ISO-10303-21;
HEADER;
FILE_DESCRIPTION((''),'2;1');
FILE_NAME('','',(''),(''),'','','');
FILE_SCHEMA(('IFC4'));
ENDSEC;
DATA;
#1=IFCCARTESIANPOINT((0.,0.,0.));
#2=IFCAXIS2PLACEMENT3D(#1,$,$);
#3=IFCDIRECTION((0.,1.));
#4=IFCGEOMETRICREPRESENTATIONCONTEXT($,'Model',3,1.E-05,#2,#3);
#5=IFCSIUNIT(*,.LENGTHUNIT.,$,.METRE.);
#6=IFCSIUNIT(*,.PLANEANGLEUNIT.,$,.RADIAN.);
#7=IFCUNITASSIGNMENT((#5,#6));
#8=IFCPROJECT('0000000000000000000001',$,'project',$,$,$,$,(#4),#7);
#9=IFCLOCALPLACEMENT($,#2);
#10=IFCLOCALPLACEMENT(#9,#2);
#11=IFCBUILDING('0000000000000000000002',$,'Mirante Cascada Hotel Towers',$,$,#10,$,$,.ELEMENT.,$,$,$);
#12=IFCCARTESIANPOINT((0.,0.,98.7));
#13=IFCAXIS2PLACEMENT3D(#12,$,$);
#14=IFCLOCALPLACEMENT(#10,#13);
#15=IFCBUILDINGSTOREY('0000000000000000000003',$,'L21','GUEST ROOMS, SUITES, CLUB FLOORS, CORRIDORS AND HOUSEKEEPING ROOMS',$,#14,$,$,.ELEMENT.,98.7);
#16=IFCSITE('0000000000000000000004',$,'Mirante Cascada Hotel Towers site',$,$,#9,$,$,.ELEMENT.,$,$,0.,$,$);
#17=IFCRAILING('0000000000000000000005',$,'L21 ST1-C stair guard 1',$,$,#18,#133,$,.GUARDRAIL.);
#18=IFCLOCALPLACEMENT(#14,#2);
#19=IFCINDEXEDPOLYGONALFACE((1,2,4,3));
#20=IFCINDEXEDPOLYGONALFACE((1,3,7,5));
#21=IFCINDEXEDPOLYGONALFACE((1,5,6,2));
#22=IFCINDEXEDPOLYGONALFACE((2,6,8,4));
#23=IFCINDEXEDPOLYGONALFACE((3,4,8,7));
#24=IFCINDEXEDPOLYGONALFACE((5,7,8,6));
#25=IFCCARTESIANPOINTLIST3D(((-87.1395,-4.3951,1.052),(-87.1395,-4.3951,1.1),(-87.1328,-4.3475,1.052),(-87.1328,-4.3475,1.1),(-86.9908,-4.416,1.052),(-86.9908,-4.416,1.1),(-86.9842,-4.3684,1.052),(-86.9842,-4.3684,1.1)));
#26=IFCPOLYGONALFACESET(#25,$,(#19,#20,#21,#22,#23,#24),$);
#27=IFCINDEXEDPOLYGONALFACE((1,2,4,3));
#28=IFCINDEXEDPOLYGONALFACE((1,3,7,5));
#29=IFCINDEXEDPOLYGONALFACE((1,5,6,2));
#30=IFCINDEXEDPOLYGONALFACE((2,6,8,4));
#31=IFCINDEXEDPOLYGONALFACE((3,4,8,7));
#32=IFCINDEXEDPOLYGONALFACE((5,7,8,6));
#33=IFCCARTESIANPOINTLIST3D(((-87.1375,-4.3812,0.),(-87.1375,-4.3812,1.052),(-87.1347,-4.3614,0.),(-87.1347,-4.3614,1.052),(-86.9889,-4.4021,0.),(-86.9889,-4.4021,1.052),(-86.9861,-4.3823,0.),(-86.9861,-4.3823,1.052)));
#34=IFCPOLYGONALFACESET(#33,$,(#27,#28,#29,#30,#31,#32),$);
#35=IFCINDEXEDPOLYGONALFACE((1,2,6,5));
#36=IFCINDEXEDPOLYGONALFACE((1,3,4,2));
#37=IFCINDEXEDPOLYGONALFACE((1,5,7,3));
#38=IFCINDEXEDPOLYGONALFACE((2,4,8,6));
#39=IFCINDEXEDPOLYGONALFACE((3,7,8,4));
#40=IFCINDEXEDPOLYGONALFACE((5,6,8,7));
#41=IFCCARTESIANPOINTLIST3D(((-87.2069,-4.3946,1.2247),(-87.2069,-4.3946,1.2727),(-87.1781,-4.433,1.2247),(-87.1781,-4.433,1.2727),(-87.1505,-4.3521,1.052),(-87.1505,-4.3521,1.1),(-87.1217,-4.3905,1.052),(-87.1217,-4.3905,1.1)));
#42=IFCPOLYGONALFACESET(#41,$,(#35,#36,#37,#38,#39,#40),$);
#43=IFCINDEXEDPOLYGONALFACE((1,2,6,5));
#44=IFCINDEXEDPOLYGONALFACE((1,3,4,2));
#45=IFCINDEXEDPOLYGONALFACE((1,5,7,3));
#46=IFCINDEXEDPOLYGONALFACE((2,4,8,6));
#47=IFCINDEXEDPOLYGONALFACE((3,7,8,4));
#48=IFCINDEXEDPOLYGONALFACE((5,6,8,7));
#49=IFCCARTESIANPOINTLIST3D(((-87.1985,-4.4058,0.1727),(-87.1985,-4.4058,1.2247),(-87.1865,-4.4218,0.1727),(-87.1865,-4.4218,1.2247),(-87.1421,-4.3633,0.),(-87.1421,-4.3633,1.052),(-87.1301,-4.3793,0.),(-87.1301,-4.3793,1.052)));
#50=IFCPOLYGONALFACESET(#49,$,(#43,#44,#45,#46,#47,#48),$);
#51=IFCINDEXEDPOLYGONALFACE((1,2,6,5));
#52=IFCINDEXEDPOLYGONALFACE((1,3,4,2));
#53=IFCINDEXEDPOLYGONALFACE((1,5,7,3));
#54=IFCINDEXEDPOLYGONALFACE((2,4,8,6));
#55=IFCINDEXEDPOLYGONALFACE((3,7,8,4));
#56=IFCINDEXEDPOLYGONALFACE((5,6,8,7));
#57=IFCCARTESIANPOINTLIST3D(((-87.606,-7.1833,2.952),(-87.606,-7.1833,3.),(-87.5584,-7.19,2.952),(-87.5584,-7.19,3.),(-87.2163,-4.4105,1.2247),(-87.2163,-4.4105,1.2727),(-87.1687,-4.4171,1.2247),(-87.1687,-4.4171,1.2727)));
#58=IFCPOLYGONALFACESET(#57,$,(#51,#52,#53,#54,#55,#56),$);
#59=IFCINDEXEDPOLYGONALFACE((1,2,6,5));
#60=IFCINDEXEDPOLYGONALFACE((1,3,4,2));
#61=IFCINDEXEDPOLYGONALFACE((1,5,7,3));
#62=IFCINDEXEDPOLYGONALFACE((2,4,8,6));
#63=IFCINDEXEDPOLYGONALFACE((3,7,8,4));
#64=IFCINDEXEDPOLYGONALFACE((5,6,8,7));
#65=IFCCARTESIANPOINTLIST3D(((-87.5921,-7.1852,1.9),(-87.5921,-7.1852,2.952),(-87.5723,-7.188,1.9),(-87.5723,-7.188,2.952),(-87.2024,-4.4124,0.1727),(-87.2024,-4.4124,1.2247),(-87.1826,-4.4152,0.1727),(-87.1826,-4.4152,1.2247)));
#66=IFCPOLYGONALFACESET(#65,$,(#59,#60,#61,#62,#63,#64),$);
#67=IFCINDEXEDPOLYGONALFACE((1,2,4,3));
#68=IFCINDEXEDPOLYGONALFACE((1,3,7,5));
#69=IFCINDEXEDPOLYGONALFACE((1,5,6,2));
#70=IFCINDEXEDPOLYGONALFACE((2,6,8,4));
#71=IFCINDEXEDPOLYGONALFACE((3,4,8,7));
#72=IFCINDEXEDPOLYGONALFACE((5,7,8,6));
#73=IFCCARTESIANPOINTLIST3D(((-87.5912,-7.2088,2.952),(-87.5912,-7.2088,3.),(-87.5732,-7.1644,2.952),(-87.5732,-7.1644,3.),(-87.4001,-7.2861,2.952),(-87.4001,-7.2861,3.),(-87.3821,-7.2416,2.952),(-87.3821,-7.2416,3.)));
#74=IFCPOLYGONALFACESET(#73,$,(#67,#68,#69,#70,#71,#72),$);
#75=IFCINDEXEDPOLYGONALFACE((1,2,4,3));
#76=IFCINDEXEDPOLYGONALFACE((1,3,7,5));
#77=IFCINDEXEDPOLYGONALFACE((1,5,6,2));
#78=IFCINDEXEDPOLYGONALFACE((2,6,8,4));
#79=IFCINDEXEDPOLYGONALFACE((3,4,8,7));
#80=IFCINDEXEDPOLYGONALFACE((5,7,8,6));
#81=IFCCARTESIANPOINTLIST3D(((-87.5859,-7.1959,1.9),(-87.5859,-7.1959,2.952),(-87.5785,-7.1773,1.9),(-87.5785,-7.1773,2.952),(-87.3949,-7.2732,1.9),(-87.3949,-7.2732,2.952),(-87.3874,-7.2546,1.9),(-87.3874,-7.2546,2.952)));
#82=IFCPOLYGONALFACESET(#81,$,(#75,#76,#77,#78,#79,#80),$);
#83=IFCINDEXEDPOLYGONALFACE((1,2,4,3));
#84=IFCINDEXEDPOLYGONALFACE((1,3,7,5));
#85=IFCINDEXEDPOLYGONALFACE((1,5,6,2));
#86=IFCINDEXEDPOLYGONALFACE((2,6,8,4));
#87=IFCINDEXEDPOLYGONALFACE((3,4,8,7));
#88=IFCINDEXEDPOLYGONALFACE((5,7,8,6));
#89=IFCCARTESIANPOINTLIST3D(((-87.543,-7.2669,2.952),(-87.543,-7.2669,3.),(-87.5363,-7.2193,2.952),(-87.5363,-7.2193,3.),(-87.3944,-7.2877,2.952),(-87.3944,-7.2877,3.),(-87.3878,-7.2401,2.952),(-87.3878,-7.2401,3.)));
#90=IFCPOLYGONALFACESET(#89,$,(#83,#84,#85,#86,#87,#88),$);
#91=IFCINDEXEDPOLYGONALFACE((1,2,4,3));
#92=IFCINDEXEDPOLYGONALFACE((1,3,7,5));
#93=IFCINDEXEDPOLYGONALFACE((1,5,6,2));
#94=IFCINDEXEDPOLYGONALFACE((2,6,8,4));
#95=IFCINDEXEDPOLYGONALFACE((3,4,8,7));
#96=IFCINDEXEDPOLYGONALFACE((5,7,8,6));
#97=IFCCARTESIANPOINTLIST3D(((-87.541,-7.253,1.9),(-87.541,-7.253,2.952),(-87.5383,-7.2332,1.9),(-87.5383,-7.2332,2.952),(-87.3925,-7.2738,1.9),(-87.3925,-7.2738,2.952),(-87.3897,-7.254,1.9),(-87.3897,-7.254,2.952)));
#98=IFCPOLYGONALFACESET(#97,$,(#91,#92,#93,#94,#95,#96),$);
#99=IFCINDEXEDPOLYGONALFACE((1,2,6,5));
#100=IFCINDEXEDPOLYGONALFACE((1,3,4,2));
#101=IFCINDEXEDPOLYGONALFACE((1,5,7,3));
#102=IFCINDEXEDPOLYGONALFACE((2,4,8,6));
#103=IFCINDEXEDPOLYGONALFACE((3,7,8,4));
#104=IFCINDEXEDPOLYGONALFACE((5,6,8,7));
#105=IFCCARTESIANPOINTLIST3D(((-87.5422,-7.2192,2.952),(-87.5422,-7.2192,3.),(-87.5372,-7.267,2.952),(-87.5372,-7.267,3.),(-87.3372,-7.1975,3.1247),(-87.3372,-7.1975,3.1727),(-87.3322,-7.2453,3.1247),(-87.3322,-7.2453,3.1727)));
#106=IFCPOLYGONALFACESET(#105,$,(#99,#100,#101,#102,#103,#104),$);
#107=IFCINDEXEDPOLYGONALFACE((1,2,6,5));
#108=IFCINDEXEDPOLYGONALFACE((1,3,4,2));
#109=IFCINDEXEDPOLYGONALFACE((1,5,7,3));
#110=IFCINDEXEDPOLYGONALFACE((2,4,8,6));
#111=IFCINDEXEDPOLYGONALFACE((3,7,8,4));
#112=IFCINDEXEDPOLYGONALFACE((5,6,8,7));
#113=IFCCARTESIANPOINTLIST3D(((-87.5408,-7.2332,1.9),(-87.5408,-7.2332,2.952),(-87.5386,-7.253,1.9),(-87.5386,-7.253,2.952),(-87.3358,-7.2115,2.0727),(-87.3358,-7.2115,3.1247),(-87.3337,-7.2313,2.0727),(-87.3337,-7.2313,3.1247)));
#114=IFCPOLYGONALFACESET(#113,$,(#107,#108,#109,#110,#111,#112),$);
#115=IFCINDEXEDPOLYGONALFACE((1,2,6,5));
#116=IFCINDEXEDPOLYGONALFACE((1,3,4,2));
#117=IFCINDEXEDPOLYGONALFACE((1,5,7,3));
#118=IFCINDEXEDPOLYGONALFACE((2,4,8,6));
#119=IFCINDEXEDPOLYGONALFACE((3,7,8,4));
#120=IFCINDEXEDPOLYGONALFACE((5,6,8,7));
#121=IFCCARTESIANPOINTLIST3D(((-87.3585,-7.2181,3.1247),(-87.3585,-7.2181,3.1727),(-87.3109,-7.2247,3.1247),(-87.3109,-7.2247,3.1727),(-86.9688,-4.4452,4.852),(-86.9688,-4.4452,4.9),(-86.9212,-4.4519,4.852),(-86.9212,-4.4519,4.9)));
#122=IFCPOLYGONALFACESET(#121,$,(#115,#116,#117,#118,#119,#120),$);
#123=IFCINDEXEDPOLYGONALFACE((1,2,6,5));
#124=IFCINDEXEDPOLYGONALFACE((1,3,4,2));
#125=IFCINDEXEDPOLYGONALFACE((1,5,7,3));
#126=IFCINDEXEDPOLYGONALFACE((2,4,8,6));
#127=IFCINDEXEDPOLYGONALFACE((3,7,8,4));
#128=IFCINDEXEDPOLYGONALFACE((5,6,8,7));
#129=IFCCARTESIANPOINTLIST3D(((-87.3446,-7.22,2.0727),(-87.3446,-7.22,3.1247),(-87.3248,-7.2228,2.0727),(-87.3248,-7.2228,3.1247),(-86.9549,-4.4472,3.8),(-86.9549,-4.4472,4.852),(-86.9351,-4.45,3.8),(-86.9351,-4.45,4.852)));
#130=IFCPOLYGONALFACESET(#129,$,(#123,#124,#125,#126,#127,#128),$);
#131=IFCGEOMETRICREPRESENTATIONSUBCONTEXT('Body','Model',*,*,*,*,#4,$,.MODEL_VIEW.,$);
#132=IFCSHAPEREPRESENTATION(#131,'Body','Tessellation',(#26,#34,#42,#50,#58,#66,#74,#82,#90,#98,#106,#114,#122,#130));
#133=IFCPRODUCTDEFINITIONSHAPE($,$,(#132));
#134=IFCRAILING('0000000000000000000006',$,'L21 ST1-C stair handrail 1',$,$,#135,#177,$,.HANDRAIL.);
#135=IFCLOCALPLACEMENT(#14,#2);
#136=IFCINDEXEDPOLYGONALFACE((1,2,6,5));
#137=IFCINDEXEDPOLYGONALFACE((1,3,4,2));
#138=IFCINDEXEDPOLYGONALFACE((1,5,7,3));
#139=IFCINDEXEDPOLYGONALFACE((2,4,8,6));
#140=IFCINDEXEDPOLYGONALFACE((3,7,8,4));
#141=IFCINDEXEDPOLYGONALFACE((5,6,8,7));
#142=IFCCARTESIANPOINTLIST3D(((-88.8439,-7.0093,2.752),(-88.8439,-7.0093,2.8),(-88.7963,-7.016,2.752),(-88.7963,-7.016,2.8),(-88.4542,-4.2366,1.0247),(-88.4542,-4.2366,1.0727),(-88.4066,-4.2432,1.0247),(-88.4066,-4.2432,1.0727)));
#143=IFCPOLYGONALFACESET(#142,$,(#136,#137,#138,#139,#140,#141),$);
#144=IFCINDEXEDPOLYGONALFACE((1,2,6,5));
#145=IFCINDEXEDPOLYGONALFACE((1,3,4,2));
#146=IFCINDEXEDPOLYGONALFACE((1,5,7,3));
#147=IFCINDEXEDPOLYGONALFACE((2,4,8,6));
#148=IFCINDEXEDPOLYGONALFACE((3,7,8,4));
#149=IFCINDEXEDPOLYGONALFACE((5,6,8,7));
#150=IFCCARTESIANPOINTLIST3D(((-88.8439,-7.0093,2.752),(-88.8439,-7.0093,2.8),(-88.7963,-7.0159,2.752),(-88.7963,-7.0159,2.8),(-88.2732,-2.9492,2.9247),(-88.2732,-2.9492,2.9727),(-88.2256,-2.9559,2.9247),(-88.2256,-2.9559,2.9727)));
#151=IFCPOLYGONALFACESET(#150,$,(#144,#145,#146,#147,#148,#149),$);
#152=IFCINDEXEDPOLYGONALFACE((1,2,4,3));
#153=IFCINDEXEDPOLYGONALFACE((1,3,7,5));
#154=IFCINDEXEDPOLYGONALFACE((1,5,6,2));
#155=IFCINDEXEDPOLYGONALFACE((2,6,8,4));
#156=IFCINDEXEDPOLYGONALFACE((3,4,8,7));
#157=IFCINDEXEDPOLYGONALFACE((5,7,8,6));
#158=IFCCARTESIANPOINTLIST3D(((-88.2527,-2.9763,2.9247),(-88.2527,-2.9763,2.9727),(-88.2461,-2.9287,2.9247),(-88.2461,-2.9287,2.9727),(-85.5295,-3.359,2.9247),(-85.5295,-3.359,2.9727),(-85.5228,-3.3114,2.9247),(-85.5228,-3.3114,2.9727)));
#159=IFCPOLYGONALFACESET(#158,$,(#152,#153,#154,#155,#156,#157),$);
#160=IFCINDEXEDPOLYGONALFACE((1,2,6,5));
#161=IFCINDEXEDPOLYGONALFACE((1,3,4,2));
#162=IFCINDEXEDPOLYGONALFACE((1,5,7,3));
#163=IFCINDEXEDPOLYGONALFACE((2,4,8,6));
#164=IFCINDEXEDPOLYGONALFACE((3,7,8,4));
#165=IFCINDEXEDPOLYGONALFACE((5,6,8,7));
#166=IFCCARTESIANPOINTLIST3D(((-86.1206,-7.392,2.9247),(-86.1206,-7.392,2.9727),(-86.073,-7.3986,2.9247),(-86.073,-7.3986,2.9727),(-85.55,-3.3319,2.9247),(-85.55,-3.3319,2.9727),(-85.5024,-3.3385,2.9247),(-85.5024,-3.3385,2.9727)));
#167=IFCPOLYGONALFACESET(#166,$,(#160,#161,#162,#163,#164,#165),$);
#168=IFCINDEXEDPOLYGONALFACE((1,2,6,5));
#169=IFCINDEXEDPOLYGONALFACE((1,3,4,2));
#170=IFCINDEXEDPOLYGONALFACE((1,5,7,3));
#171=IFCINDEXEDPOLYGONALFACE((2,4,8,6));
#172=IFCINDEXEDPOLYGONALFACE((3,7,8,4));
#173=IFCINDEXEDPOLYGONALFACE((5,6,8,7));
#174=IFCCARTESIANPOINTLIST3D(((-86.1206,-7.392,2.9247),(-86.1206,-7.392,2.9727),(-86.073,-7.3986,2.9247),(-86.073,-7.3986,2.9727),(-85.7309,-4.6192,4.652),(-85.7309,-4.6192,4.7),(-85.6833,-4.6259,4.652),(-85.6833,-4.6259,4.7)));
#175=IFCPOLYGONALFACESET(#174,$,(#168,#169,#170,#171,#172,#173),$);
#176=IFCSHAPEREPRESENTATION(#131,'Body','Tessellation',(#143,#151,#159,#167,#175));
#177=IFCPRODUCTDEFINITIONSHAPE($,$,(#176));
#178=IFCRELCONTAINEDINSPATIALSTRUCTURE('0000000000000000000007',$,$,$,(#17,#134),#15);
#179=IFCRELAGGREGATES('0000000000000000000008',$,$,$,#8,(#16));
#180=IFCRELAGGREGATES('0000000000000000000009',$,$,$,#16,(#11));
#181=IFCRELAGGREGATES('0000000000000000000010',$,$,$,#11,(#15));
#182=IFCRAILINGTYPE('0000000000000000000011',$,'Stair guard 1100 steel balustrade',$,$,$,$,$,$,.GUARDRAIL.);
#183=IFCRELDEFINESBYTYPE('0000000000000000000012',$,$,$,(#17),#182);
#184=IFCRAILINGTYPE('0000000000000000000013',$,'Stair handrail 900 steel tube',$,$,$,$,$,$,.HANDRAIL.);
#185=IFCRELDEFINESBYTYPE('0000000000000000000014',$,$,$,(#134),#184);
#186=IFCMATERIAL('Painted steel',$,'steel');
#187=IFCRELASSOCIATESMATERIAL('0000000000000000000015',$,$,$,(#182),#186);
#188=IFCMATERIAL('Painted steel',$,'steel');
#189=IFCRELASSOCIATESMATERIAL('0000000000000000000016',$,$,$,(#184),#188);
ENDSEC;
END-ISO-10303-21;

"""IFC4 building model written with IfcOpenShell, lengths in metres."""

from ifc_helpers import new_model, si_unit, direction, frame, origin, origin_2d, place, context, subcontext, project, spatial, rectangle, extrude, material, type_object, element, save


model = new_model("IFC4")

# Units and contexts
model_context = context("Model", 3, precision=1e-05, world=origin(), true_north=direction((0.0, 1.0)))
body_context = subcontext(model_context, "Body", "Model", "MODEL_VIEW")
ifc_project = project(units=[si_unit("LENGTHUNIT", "METRE"), si_unit("PLANEANGLEUNIT", "RADIAN")], contexts=[model_context])

# Site, building, storey
site_placement = place(None, origin())
site = spatial("IfcSite", under=ifc_project, at=site_placement, Name="Mirante Cascada Hotel Towers site", CompositionType="ELEMENT", RefElevation=0.0)
building_placement = place(site_placement, origin())
building = spatial("IfcBuilding", under=site, at=building_placement, Name="Mirante Cascada Hotel Towers", CompositionType="ELEMENT")
storey_placement = place(building_placement, frame((0.0, 0.0, 98.7)))
storey = spatial("IfcBuildingStorey", under=building, at=storey_placement, Name="L21", Description="GUEST ROOMS, SUITES, CLUB FLOORS, CORRIDORS AND HOUSEKEEPING ROOMS", CompositionType="ELEMENT", Elevation=98.7)

# Railings
ifc_material_1 = material(Name="Painted steel", Category="steel")
railing_type_1 = type_object("IfcRailingType", Name="Stair guard 1100 steel balustrade", PredefinedType="GUARDRAIL", material=ifc_material_1)
railing_1_placement = place(storey_placement, frame((-86.9875, -4.3922, 0.0)))
element("IfcRailing", 1, at=railing_1_placement, inside=storey, type_object=railing_type_1, Name="L21 ST1-C stair guard 1", PredefinedType="GUARDRAIL", context=body_context, shape_type="SweptSolid", body=[
    extrude(rectangle(XDim=0.048, YDim=0.048, at=origin_2d()), frame((0.0, 0.0, 1.076), z_axis=(-0.990254, 0.139275, 0.0), x_axis=(-0.139275, -0.990254, 0.0)), (0.0, 0.0, 1.0), 0.1501),
    extrude(rectangle(XDim=0.02, YDim=1.052, at=origin_2d()), frame((0.0, 0.0, 0.526), z_axis=(-0.990254, 0.139275, 0.0), x_axis=(-0.139275, -0.990254, 0.0)), (0.0, 0.0, 1.0), 0.1501),
    extrude(rectangle(XDim=0.048, YDim=0.048, at=origin_2d()), frame((-0.1486, 0.0209, 1.076), z_axis=(-0.798639, -0.601811, 0.0), x_axis=(0.601811, -0.798639, 0.0)), (0.0, 0.925603, 0.378496), 0.1866),
    extrude(rectangle(XDim=0.02, YDim=1.052, at=origin_2d()), frame((-0.1486, 0.0209, 0.526), z_axis=(-0.798639, -0.601811, 0.0), x_axis=(0.601811, -0.798639, 0.0)), (0.0, 0.925603, 0.378496), 0.1866),
    extrude(rectangle(XDim=0.048, YDim=0.048, at=origin_2d()), frame((-0.205, -0.0216, 1.2487), z_axis=(-0.139176, -0.990268, 0.0), x_axis=(0.990268, -0.139176, 0.0)), (0.0, 0.525021, 0.851089), 3.29),
    extrude(rectangle(XDim=0.02, YDim=1.052, at=origin_2d()), frame((-0.205, -0.0216, 0.6987), z_axis=(-0.139176, -0.990268, 0.0), x_axis=(0.990268, -0.139176, 0.0)), (0.0, 0.525021, 0.851089), 3.29),
    extrude(rectangle(XDim=0.048, YDim=0.048, at=origin_2d()), frame((-0.5947, -2.7944, 2.976), z_axis=(0.927031, -0.374984, 0.0), x_axis=(0.374984, 0.927031, 0.0)), (0.0, 0.0, 1.0), 0.2061),
    extrude(rectangle(XDim=0.02, YDim=1.052, at=origin_2d()), frame((-0.5947, -2.7944, 2.426), z_axis=(0.927031, -0.374984, 0.0), x_axis=(0.374984, 0.927031, 0.0)), (0.0, 0.0, 1.0), 0.2061),
    extrude(rectangle(XDim=0.048, YDim=0.048, at=origin_2d()), frame((-0.4036, -2.8717, 2.976), z_axis=(-0.990345, 0.138622, 0.0), x_axis=(-0.138622, -0.990345, 0.0)), (0.0, 0.0, 1.0), 0.15),
    extrude(rectangle(XDim=0.02, YDim=1.052, at=origin_2d()), frame((-0.4036, -2.8717, 2.426), z_axis=(-0.990345, 0.138622, 0.0), x_axis=(-0.138622, -0.990345, 0.0)), (0.0, 0.0, 1.0), 0.15),
    extrude(rectangle(XDim=0.048, YDim=0.048, at=origin_2d()), frame((-0.5522, -2.8509, 2.976), z_axis=(0.994444, 0.105266, 0.0), x_axis=(-0.105266, 0.994444, 0.0)), (0.0, 0.642184, 0.76655), 0.2689),
    extrude(rectangle(XDim=0.02, YDim=1.052, at=origin_2d()), frame((-0.5522, -2.8509, 2.426), z_axis=(0.994444, 0.105266, 0.0), x_axis=(-0.105266, 0.994444, 0.0)), (0.0, 0.642184, 0.76655), 0.2689),
    extrude(rectangle(XDim=0.048, YDim=0.048, at=origin_2d()), frame((-0.3472, -2.8292, 3.1487), z_axis=(0.139176, 0.990268, 0.0), x_axis=(-0.990268, 0.139176, 0.0)), (0.0, 0.525021, 0.851089), 3.29),
    extrude(rectangle(XDim=0.02, YDim=1.052, at=origin_2d()), frame((-0.3472, -2.8292, 2.5987), z_axis=(0.139176, 0.990268, 0.0), x_axis=(-0.990268, 0.139176, 0.0)), (0.0, 0.525021, 0.851089), 3.29),
])
ifc_material_2 = material(Name="Painted steel", Category="steel")
railing_type_2 = type_object("IfcRailingType", Name="Stair handrail 900 steel tube", PredefinedType="HANDRAIL", material=ifc_material_2)
railing_2_placement = place(storey_placement, frame((-88.4304, -4.2399, 0.1727)))
element("IfcRailing", 2, at=railing_2_placement, inside=storey, type_object=railing_type_2, Name="L21 ST1-C stair handrail 1", PredefinedType="HANDRAIL", context=body_context, shape_type="SweptSolid", body=[
    extrude(rectangle(XDim=0.048, YDim=0.048, at=origin_2d()), frame((0.0, 0.0, 0.876), z_axis=(-0.139181, -0.990267, 0.0), x_axis=(0.990267, -0.139181, 0.0)), (0.0, 0.525035, 0.851081), 3.2899),
    extrude(rectangle(XDim=0.048, YDim=0.048, at=origin_2d()), frame((-0.3897, -2.7727, 2.6033), z_axis=(0.139195, 0.990265, 0.0), x_axis=(-0.990265, 0.139195, 0.0)), (0.0, 0.042084, 0.999114), 4.1036),
    extrude(rectangle(XDim=0.048, YDim=0.048, at=origin_2d()), frame((0.181, 1.2874, 2.776), z_axis=(0.990269, -0.139166, 0.0), x_axis=(0.139166, 0.990269, 0.0)), (0.0, 0.0, 1.0), 2.75),
    extrude(rectangle(XDim=0.048, YDim=0.048, at=origin_2d()), frame((2.9042, 0.9047, 2.776), z_axis=(-0.139171, -0.990268, 0.0), x_axis=(0.990268, -0.139171, 0.0)), (0.0, 0.0, 1.0), 4.1),
    extrude(rectangle(XDim=0.048, YDim=0.048, at=origin_2d()), frame((2.3336, -3.1554, 2.776), z_axis=(0.139181, 0.990267, 0.0), x_axis=(-0.990267, 0.139181, 0.0)), (0.0, 0.525035, 0.851081), 3.2899),
])

save(model, "model.ifc")
